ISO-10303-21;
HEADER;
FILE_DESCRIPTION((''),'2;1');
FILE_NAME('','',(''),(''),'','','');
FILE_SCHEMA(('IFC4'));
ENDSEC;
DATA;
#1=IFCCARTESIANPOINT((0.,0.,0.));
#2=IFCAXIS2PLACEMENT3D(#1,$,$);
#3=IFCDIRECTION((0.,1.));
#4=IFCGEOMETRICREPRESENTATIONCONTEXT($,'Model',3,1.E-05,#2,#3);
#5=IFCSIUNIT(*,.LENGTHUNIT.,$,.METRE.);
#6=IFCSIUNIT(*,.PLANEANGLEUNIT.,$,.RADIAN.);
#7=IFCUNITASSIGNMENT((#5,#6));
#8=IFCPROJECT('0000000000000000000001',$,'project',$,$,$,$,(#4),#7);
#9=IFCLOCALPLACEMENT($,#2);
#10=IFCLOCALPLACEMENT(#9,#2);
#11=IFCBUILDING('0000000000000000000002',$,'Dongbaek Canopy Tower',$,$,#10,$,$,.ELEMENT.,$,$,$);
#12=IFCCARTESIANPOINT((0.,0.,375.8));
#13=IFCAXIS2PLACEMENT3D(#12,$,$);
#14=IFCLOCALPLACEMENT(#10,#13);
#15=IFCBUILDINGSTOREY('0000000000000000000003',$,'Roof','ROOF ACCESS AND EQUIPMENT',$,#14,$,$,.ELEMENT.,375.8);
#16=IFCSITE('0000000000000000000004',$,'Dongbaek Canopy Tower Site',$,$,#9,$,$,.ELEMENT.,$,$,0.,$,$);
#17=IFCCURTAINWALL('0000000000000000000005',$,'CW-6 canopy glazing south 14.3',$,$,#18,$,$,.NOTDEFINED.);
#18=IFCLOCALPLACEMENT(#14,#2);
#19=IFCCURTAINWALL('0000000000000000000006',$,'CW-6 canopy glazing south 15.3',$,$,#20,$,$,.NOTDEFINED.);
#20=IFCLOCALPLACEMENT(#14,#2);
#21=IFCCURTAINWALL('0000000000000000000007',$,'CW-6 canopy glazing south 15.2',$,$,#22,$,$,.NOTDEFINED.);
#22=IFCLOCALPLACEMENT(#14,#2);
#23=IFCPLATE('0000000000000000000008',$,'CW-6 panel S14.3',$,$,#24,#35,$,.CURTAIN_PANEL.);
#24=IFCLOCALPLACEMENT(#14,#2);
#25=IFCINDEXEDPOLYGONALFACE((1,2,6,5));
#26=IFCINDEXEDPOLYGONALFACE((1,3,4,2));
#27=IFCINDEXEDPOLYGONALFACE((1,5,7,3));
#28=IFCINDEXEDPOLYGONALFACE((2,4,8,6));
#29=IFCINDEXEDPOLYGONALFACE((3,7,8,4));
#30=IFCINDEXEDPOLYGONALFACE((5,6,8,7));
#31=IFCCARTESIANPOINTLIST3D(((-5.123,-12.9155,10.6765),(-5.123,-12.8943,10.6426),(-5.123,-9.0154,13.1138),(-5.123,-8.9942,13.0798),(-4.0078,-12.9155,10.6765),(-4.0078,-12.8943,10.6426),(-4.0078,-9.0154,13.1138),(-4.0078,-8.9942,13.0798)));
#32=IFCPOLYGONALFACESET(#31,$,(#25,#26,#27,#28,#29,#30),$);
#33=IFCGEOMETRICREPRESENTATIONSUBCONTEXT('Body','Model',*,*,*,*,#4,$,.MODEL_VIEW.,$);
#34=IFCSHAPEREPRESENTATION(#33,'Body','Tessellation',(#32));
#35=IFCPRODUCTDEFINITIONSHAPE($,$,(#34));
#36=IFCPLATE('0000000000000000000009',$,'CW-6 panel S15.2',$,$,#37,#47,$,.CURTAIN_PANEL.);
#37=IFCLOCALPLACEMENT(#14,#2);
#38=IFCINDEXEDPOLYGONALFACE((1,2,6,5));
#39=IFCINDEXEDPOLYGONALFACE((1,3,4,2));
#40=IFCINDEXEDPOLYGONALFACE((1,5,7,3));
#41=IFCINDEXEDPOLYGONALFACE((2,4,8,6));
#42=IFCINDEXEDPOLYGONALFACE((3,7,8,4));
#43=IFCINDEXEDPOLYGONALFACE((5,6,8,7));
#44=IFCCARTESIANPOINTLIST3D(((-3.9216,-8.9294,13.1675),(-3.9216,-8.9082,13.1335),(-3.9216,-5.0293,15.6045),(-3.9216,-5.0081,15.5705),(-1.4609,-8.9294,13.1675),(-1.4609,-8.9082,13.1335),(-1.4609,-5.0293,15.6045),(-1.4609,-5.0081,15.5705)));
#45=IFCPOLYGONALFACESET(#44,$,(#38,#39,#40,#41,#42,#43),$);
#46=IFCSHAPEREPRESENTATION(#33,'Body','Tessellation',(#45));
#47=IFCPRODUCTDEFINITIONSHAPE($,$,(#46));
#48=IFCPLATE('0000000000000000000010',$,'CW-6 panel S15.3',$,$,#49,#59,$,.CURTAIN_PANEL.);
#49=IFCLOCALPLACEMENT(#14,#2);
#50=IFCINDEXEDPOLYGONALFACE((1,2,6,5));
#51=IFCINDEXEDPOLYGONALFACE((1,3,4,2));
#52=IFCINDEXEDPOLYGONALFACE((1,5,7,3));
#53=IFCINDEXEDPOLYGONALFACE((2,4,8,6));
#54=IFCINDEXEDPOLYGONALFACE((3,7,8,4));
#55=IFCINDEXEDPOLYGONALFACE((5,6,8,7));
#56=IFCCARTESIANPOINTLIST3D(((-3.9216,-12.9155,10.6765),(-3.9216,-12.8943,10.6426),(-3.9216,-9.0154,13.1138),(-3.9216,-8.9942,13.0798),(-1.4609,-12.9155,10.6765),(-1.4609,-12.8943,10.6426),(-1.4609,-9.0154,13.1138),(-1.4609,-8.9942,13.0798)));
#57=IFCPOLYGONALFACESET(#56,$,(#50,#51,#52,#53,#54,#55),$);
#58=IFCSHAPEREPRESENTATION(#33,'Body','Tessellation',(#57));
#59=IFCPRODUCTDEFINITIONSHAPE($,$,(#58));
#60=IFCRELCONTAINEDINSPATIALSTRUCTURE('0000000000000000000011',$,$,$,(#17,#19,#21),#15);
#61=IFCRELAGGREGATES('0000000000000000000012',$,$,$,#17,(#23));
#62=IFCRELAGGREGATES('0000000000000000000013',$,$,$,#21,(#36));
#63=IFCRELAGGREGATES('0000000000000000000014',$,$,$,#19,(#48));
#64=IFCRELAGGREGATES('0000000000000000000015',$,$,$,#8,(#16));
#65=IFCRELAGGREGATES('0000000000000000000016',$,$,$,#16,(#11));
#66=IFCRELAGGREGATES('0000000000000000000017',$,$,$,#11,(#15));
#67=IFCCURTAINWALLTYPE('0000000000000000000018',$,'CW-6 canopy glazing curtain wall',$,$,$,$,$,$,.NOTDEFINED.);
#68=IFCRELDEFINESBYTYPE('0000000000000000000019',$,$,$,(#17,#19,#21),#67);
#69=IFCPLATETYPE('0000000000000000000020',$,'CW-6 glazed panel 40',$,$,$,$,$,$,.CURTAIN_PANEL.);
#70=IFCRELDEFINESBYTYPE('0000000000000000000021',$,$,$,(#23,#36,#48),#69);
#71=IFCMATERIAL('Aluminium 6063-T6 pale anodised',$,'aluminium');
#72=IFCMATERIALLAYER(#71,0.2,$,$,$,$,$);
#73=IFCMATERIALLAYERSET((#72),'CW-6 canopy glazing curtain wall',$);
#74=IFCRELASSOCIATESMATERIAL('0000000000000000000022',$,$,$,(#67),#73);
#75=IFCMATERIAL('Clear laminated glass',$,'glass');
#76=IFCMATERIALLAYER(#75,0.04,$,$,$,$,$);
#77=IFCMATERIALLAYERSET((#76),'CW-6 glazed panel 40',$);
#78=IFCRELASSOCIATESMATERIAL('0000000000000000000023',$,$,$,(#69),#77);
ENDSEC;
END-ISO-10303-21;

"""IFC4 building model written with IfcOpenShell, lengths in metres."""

from ifc_helpers import new_model, si_unit, direction, frame, origin, place, context, subcontext, project, spatial, polyline, outline, extrude, material, layer, layer_set, type_object, element, aggregate, save


model = new_model("IFC4")

# Units and contexts
model_context = context("Model", 3, precision=1e-05, world=origin(), true_north=direction((0.0, 1.0)))
body_context = subcontext(model_context, "Body", "Model", "MODEL_VIEW")
ifc_project = project(units=[si_unit("LENGTHUNIT", "METRE"), si_unit("PLANEANGLEUNIT", "RADIAN")], contexts=[model_context])

# Site, building, storey
site_placement = place(None, origin())
site = spatial("IfcSite", under=ifc_project, at=site_placement, Name="Dongbaek Canopy Tower Site", CompositionType="ELEMENT", RefElevation=0.0)
building_placement = place(site_placement, origin())
building = spatial("IfcBuilding", under=site, at=building_placement, Name="Dongbaek Canopy Tower", CompositionType="ELEMENT")
storey_placement = place(building_placement, frame((0.0, 0.0, 375.8)))
storey = spatial("IfcBuildingStorey", under=building, at=storey_placement, Name="Roof", Description="ROOF ACCESS AND EQUIPMENT", CompositionType="ELEMENT", Elevation=375.8)

# Curtain walls
ifc_material_1 = material(Name="Aluminium 6063-T6 pale anodised", Category="aluminium")
ifc_layer_1 = layer(ifc_material_1, 0.2)
ifc_layer_set_1 = layer_set([ifc_layer_1], Name="CW-6 canopy glazing curtain wall")
curtain_wall_type = type_object("IfcCurtainWallType", Name="CW-6 canopy glazing curtain wall", PredefinedType="NOTDEFINED", material=ifc_layer_set_1)
curtain_wall_1_placement = place(storey_placement, origin())
curtain_wall_1 = element("IfcCurtainWall", 1, at=curtain_wall_1_placement, inside=storey, type_object=curtain_wall_type, Name="CW-6 canopy glazing south 14.3", PredefinedType="NOTDEFINED")
curtain_wall_2_placement = place(storey_placement, origin())
curtain_wall_2 = element("IfcCurtainWall", 2, at=curtain_wall_2_placement, inside=storey, type_object=curtain_wall_type, Name="CW-6 canopy glazing south 15.3", PredefinedType="NOTDEFINED")

# Curtain wall
curtain_wall_3_placement = place(storey_placement, origin())
curtain_wall_3 = element("IfcCurtainWall", 3, at=curtain_wall_3_placement, inside=storey, type_object=curtain_wall_type, Name="CW-6 canopy glazing south 15.2", PredefinedType="NOTDEFINED")

# Plates
ifc_material_2 = material(Name="Clear laminated glass", Category="glass")
ifc_layer_2 = layer(ifc_material_2, 0.04)
ifc_layer_set_2 = layer_set([ifc_layer_2], Name="CW-6 glazed panel 40")
plate_type = type_object("IfcPlateType", Name="CW-6 glazed panel 40", PredefinedType="CURTAIN_PANEL", material=ifc_layer_set_2)
plate_1_placement = place(storey_placement, frame((-4.0078, -12.9155, 10.6765), z_axis=(0.0, -0.529946, 0.848031), x_axis=(-1.0, 0.0, 0.0)))
plate_1 = element("IfcPlate", 4, at=plate_1_placement, type_object=plate_type, Name="CW-6 panel S14.3", PredefinedType="CURTAIN_PANEL", context=body_context, shape_type="SweptSolid", body=[
    extrude(outline(polyline([(0.0, 0.0), (1.1152, 0.0), (1.1152, -4.5991), (0.0, -4.5991), (0.0, 0.0)])), origin(), (0.0, 0.0, -1.0), 0.04),
])
aggregate(curtain_wall_1, [plate_1])
plate_2_placement = place(storey_placement, frame((-1.4609, -8.9294, 13.1675), z_axis=(0.0, -0.529908, 0.848055), x_axis=(-1.0, 0.0, 0.0)))
plate_2 = element("IfcPlate", 5, at=plate_2_placement, type_object=plate_type, Name="CW-6 panel S15.2", PredefinedType="CURTAIN_PANEL", context=body_context, shape_type="SweptSolid", body=[
    extrude(outline(polyline([(0.0, 0.0), (2.4607, 0.0), (2.4607, -4.5989), (0.0, -4.5989), (0.0, 0.0)])), origin(), (0.0, 0.0, -1.0), 0.04),
])
aggregate(curtain_wall_3, [plate_2])
plate_3_placement = place(storey_placement, frame((-1.4609, -12.9155, 10.6765), z_axis=(0.0, -0.529946, 0.848031), x_axis=(-1.0, 0.0, 0.0)))
plate_3 = element("IfcPlate", 6, at=plate_3_placement, type_object=plate_type, Name="CW-6 panel S15.3", PredefinedType="CURTAIN_PANEL", context=body_context, shape_type="SweptSolid", body=[
    extrude(outline(polyline([(0.0, 0.0), (2.4607, 0.0), (2.4607, -4.5991), (0.0, -4.5991), (0.0, 0.0)])), origin(), (0.0, 0.0, -1.0), 0.04),
])
aggregate(curtain_wall_2, [plate_3])

save(model, "model.ifc")
